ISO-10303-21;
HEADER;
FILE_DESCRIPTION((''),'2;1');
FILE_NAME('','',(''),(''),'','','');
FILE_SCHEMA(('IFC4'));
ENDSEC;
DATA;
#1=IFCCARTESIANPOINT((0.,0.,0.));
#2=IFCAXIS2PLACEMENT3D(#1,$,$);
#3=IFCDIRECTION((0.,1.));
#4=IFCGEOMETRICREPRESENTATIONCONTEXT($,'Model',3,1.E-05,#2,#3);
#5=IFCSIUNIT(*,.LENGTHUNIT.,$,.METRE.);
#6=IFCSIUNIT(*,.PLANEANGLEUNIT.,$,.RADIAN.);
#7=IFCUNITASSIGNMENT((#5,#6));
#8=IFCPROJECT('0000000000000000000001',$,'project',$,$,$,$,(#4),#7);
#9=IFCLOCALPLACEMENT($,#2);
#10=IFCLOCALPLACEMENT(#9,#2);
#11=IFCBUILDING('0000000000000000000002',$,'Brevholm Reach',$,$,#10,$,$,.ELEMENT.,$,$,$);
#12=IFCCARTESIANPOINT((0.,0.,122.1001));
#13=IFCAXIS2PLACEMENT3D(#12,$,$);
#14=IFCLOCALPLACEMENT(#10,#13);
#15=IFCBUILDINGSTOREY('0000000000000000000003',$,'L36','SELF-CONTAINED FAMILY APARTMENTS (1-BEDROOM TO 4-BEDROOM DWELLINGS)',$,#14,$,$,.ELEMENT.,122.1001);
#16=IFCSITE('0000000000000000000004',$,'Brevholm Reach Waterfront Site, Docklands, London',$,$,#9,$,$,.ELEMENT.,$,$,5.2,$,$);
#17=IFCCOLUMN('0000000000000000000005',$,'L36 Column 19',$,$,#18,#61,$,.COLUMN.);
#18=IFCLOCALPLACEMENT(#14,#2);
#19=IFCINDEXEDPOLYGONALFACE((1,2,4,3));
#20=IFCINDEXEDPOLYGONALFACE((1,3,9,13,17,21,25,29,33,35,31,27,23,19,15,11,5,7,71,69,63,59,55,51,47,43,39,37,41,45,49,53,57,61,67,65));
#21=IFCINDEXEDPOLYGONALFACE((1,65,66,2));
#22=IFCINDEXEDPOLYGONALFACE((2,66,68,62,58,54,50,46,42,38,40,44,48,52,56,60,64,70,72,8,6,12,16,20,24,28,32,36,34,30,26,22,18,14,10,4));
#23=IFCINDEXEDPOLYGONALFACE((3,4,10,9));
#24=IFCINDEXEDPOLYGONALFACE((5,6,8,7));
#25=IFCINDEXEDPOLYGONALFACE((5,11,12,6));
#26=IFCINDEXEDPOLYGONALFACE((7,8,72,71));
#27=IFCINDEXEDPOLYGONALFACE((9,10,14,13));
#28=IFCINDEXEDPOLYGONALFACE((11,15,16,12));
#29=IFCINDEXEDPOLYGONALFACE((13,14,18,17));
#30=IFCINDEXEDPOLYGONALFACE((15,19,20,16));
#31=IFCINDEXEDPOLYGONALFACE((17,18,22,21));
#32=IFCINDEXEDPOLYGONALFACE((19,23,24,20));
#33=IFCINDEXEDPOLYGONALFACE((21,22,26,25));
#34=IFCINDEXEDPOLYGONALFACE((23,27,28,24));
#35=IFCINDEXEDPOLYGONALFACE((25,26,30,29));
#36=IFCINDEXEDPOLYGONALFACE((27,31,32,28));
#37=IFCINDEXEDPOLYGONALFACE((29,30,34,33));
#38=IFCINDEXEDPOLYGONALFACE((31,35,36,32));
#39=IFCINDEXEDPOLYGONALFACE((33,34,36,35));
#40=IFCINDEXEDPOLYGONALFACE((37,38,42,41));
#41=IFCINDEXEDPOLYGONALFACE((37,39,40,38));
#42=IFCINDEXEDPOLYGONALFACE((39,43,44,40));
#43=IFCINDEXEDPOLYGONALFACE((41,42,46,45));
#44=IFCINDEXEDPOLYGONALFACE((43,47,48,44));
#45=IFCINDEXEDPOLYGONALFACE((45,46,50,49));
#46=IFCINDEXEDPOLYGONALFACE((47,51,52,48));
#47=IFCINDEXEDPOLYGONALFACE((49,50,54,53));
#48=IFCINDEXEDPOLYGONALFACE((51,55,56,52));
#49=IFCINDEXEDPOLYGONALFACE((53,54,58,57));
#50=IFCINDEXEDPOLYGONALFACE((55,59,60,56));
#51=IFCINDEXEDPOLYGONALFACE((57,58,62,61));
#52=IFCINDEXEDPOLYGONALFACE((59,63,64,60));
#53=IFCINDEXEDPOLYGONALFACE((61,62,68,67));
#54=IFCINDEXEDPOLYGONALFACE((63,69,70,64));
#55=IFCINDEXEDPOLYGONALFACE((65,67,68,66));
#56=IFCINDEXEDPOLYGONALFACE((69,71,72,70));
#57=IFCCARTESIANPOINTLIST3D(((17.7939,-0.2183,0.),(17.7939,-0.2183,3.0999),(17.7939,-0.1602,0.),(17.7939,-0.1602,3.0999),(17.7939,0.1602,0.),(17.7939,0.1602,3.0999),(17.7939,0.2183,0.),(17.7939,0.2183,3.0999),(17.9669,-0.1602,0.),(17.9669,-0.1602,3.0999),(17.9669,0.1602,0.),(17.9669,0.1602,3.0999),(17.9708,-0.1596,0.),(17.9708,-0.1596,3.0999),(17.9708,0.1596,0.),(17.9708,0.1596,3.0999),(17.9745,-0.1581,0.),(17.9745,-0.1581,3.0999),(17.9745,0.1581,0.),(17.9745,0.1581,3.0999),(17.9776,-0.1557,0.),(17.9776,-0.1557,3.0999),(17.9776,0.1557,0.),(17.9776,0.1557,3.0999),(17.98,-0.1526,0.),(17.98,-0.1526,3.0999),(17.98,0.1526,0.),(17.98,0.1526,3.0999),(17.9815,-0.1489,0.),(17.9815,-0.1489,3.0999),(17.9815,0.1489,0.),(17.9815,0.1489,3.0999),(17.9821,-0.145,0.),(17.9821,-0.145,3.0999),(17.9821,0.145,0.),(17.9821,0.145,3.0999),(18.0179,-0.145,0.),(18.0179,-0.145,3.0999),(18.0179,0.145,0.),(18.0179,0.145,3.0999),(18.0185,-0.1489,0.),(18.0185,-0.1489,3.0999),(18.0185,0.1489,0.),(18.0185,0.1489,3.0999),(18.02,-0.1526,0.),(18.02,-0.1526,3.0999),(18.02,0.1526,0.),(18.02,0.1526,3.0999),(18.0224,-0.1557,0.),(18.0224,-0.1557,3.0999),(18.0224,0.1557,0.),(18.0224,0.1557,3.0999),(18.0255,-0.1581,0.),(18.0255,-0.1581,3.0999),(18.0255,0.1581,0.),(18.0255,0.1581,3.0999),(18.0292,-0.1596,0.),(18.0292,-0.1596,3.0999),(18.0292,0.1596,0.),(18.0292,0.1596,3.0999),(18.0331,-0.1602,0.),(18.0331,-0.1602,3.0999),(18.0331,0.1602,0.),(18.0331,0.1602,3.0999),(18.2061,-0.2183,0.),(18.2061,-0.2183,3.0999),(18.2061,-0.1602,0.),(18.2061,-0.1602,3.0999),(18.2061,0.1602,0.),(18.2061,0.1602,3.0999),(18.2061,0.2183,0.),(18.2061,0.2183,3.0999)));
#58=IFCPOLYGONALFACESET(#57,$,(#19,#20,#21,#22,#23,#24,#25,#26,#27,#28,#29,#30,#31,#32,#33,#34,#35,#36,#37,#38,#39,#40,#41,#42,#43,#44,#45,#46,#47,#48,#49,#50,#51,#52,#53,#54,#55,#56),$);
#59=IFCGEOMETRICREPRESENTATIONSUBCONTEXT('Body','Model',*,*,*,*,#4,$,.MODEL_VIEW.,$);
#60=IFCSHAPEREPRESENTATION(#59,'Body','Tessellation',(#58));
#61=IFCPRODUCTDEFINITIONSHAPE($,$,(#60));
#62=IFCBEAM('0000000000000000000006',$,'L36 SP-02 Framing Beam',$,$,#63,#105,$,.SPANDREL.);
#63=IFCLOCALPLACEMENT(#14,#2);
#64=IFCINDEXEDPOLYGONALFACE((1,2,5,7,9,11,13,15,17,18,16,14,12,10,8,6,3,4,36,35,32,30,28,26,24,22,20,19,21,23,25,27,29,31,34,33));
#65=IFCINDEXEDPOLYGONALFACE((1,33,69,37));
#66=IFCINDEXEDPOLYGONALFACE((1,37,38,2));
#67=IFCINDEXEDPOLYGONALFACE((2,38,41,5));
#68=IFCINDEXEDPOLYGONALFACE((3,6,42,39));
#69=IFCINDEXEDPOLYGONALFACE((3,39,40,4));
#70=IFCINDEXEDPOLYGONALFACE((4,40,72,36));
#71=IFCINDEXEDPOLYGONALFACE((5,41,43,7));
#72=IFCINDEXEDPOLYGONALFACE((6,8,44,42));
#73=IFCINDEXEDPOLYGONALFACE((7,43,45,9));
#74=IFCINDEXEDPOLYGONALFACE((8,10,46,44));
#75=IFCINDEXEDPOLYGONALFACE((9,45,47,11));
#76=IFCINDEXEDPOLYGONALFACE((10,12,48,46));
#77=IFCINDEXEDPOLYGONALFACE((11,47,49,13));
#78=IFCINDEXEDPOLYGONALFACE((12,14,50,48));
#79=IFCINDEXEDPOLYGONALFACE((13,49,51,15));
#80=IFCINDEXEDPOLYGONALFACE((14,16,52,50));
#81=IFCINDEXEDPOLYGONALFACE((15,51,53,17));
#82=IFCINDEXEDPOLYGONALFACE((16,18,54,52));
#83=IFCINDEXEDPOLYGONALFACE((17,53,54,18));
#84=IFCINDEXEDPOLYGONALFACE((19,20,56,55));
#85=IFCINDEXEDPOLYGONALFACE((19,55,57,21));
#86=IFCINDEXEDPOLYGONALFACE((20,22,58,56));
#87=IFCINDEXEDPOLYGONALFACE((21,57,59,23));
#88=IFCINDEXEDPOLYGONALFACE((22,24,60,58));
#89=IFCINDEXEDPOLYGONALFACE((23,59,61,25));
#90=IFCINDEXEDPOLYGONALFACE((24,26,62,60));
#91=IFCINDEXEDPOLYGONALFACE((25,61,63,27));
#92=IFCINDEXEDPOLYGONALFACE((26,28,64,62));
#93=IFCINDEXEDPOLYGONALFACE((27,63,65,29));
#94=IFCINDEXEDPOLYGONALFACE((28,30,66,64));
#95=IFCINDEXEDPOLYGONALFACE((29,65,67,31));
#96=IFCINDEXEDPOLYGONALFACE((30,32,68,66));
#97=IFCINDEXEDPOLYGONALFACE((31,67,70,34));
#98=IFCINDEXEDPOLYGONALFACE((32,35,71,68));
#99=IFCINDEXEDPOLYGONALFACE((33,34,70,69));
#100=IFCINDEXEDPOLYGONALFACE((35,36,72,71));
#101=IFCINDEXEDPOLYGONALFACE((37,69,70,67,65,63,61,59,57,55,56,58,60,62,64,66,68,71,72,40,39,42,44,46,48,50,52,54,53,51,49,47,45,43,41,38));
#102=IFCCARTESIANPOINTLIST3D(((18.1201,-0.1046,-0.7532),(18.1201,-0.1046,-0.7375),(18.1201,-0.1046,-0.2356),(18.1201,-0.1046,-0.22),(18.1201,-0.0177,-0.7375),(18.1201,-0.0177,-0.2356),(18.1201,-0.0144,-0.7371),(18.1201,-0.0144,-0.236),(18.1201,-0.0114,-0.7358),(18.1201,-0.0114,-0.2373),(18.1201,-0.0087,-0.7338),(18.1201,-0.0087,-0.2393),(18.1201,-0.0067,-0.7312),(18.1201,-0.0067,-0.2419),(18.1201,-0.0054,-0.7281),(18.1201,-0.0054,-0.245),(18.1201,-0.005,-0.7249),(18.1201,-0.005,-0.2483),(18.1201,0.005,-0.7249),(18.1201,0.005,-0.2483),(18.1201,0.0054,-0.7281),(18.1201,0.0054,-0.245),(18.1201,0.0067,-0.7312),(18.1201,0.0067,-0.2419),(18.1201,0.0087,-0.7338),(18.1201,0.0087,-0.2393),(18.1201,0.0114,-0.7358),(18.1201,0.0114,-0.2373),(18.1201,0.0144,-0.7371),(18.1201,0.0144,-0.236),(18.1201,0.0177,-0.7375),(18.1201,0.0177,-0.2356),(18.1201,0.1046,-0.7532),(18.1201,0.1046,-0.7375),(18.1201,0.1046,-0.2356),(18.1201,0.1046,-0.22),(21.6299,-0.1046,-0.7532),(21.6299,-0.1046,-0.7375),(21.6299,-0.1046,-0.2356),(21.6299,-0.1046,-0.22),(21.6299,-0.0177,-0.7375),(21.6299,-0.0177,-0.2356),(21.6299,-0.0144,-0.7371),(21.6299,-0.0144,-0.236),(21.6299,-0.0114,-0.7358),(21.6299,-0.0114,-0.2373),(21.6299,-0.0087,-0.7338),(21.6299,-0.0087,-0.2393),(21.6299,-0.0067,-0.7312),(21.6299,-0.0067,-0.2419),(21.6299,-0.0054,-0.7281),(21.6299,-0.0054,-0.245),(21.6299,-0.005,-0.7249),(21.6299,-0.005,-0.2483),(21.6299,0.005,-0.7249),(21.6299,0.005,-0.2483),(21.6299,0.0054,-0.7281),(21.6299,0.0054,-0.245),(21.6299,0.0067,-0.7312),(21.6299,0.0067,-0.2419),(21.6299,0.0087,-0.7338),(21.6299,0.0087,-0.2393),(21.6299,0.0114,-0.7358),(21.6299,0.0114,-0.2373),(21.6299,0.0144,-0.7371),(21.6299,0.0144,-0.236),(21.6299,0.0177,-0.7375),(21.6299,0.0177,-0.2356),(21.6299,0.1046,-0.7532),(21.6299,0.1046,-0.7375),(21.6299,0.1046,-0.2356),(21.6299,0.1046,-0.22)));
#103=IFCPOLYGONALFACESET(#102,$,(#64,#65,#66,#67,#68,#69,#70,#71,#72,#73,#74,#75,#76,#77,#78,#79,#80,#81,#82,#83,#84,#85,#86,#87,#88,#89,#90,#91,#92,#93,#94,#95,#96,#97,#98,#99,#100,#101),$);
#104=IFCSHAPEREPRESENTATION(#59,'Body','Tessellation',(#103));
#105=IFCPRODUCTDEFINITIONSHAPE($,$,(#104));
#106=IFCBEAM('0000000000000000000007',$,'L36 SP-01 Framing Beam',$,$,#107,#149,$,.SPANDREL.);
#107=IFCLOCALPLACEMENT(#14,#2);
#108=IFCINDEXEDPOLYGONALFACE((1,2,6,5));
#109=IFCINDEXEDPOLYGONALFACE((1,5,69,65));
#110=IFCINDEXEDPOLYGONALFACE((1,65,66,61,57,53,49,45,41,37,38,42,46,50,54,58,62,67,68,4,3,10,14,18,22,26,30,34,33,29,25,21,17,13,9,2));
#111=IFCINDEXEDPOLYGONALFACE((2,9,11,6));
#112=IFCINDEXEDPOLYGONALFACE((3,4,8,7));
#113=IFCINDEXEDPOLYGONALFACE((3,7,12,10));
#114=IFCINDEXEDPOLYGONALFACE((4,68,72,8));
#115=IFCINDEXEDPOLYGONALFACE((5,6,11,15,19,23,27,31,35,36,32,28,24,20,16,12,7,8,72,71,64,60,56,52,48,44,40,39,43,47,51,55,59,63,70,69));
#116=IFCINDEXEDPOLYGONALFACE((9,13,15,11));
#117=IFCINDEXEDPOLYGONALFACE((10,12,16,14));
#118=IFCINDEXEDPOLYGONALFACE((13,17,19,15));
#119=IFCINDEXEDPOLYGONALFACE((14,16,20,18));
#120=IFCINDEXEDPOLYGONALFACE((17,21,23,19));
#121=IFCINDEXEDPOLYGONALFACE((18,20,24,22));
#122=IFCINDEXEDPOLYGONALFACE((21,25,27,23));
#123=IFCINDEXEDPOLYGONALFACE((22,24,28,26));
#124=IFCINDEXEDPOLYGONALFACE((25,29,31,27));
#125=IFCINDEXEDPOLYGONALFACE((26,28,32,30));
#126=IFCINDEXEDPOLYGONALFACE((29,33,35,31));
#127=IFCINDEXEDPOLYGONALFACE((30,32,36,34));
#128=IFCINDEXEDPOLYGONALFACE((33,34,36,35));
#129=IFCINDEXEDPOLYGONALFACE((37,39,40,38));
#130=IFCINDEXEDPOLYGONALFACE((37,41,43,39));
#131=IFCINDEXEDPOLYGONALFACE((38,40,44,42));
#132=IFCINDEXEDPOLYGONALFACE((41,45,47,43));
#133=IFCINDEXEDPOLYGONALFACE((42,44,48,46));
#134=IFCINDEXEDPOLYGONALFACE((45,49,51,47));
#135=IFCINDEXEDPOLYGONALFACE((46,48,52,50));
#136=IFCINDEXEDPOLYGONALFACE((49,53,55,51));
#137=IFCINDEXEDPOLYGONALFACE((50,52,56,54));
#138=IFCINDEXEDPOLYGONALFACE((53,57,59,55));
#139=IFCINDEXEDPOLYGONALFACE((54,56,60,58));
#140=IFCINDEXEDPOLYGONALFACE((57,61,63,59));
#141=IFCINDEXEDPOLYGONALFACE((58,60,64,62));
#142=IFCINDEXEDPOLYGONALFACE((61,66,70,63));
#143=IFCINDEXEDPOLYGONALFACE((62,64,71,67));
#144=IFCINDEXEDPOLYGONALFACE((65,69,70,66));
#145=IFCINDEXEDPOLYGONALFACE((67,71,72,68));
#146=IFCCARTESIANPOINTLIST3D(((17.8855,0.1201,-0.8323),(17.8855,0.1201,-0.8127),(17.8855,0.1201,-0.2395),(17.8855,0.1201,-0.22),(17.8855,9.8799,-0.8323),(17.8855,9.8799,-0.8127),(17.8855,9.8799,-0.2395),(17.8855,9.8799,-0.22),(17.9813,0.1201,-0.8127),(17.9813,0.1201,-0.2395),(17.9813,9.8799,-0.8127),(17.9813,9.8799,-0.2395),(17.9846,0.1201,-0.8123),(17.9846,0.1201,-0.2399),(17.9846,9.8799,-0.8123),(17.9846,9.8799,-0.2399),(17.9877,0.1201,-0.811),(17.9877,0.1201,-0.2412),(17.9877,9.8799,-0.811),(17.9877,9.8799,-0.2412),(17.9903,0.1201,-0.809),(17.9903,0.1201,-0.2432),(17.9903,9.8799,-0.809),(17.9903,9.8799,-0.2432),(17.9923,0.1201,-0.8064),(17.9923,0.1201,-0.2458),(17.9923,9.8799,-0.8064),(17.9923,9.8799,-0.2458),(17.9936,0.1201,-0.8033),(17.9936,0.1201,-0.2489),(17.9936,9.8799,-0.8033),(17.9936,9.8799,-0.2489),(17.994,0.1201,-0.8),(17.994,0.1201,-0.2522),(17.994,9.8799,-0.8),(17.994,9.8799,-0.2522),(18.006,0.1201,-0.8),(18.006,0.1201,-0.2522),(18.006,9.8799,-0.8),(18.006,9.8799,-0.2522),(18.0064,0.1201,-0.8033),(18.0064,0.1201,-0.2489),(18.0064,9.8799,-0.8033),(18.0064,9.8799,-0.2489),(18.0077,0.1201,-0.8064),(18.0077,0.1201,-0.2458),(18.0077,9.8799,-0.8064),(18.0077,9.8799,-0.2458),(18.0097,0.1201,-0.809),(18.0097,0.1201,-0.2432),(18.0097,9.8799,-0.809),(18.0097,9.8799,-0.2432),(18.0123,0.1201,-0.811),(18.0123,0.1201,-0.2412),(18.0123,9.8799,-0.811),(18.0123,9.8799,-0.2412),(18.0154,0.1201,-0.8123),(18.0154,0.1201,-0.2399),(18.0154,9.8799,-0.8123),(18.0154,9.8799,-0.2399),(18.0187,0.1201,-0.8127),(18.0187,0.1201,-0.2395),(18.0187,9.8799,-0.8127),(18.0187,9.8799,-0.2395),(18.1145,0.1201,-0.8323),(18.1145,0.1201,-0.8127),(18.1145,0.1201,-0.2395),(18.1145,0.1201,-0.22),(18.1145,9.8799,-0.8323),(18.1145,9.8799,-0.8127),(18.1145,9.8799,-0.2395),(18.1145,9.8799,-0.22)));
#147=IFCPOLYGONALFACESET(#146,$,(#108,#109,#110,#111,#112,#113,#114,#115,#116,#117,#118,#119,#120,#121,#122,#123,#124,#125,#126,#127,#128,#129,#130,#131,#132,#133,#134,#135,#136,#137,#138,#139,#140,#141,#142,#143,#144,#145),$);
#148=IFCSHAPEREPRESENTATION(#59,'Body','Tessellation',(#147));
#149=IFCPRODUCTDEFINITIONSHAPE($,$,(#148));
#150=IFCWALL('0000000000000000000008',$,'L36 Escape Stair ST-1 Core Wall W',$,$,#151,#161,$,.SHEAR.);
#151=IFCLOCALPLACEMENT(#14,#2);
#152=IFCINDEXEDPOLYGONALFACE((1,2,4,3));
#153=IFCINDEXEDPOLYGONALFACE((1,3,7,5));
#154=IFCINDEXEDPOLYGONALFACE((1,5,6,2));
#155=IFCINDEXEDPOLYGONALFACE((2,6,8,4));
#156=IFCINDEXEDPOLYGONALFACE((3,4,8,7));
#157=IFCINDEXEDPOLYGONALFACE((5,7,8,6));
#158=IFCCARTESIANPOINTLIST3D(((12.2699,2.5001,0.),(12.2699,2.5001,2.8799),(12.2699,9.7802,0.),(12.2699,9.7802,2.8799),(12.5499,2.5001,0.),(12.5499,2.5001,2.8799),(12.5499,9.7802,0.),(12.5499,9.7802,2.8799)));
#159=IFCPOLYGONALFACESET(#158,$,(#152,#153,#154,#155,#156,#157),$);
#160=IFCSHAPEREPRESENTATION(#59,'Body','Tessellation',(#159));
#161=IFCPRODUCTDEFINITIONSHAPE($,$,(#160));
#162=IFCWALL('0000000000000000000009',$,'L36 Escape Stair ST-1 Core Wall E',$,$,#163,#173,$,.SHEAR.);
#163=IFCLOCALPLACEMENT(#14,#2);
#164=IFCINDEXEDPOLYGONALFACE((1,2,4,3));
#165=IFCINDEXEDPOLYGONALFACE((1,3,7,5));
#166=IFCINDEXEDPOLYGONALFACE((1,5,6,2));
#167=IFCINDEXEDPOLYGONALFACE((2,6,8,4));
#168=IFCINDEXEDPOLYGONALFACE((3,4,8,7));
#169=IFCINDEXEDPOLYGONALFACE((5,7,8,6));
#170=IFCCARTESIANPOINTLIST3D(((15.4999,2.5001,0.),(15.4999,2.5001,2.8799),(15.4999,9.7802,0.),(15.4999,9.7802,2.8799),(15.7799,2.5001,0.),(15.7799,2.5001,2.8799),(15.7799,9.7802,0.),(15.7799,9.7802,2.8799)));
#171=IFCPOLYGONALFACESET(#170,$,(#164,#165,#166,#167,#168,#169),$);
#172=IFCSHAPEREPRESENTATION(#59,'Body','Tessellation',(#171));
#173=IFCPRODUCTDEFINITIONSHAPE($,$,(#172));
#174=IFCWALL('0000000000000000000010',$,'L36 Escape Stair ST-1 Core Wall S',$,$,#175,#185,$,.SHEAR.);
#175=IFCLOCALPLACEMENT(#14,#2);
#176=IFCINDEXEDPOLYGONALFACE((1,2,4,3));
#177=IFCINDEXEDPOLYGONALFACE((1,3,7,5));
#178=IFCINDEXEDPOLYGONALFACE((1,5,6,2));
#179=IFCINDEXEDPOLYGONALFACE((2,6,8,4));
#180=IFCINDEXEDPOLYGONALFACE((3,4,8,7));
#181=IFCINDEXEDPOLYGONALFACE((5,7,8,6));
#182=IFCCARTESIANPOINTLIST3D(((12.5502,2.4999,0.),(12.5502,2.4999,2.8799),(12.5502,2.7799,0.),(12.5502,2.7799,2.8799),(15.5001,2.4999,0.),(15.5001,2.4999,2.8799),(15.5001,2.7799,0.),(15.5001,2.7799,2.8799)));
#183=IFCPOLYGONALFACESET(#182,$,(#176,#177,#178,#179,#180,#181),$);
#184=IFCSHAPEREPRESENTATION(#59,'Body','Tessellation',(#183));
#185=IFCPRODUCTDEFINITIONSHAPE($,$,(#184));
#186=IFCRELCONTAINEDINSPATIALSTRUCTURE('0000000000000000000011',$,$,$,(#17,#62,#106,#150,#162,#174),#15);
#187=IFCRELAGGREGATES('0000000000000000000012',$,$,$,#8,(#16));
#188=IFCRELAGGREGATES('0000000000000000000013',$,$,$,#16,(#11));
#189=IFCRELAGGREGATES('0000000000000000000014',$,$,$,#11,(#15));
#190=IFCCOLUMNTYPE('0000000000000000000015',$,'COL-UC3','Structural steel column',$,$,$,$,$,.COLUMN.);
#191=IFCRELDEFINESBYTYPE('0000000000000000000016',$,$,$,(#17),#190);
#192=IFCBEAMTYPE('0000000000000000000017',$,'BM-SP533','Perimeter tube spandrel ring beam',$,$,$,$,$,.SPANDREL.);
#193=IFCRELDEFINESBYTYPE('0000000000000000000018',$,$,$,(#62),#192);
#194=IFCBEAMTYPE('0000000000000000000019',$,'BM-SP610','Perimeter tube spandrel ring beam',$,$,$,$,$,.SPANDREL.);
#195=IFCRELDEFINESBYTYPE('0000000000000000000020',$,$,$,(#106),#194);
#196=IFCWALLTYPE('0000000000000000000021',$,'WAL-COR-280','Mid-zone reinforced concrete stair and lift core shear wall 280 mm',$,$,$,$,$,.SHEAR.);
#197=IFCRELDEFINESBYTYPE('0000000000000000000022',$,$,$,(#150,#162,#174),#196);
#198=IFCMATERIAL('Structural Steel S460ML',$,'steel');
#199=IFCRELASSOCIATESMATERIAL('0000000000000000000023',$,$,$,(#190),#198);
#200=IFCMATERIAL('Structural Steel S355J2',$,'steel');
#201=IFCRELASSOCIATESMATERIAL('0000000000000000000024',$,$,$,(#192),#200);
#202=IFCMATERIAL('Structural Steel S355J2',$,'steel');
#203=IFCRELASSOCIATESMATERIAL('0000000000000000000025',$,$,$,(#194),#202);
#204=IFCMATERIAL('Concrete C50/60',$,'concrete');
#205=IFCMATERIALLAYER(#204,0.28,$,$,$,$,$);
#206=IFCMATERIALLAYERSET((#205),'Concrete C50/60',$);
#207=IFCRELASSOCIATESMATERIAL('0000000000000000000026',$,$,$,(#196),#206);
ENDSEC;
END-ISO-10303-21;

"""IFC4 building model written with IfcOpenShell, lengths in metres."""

from ifc_helpers import new_model, si_unit, direction, frame, frame_2d, origin, origin_2d, place, context, subcontext, project, spatial, rectangle, i_section, extrude, material, layer, layer_set, material_profile, profile_set, type_object, element, save


model = new_model("IFC4")

# Units and contexts
model_context = context("Model", 3, precision=1e-05, world=origin(), true_north=direction((0.0, 1.0)))
body_context = subcontext(model_context, "Body", "Model", "MODEL_VIEW")
ifc_project = project(units=[si_unit("LENGTHUNIT", "METRE"), si_unit("PLANEANGLEUNIT", "RADIAN")], contexts=[model_context])

# Site, building, storey
site_placement = place(None, origin())
site = spatial("IfcSite", under=ifc_project, at=site_placement, Name="Brevholm Reach Waterfront Site, Docklands, London", CompositionType="ELEMENT", RefElevation=5.2)
building_placement = place(site_placement, origin())
building = spatial("IfcBuilding", under=site, at=building_placement, Name="Brevholm Reach", CompositionType="ELEMENT")
storey_placement = place(building_placement, frame((0.0, 0.0, 122.1001)))
storey = spatial("IfcBuildingStorey", under=building, at=storey_placement, Name="L36", Description="SELF-CONTAINED FAMILY APARTMENTS (1-BEDROOM TO 4-BEDROOM DWELLINGS)", CompositionType="ELEMENT", Elevation=122.1001)

# Column
ifc_material_1 = material(Name="Structural Steel S460ML", Category="steel")
ifc_material_profile_1 = material_profile(ifc_material_1, i_section(OverallWidth=0.4121, OverallDepth=0.4365, WebThickness=0.0359, FlangeThickness=0.0581, FilletRadius=0.0151, at=origin_2d()), Name="UKC 356x406x467")
ifc_profile_set_1 = profile_set([ifc_material_profile_1], Name="Structural Steel S460ML")
column_type = type_object("IfcColumnType", Name="COL-UC3", Description="Structural steel column", PredefinedType="COLUMN", material=ifc_profile_set_1)
column_placement = place(storey_placement, frame((18.0, 0.0, 0.0), z_axis=(0.0, 0.0, 1.0), x_axis=(1.0, 0.0, 0.0)))
element("IfcColumn", 1, at=column_placement, inside=storey, type_object=column_type, Name="L36 Column 19", PredefinedType="COLUMN", context=body_context, shape_type="SweptSolid", body=[
    extrude(i_section(OverallWidth=0.4121, OverallDepth=0.4365, WebThickness=0.0359, FlangeThickness=0.0581, FilletRadius=0.0151, at=origin_2d()), origin(), (0.0, 0.0, 1.0), 3.0999),
])

# Beams
ifc_material_2 = material(Name="Structural Steel S355J2", Category="steel")
ifc_material_profile_2 = material_profile(ifc_material_2, i_section(OverallWidth=0.2092, OverallDepth=0.5332, WebThickness=0.01, FlangeThickness=0.0156, FilletRadius=0.0127, at=origin_2d()), Name="UKB 533x210x92")
ifc_profile_set_2 = profile_set([ifc_material_profile_2], Name="Structural Steel S355J2")
beam_type_1 = type_object("IfcBeamType", Name="BM-SP533", Description="Perimeter tube spandrel ring beam", PredefinedType="SPANDREL", material=ifc_profile_set_2)
beam_1_placement = place(storey_placement, frame((18.1201, 0.0, -0.4866), z_axis=(1.0, 0.0, 0.0), x_axis=(0.0, 1.0, 0.0)))
element("IfcBeam", 2, at=beam_1_placement, inside=storey, type_object=beam_type_1, Name="L36 SP-02 Framing Beam", PredefinedType="SPANDREL", context=body_context, shape_type="SweptSolid", body=[
    extrude(i_section(OverallWidth=0.2092, OverallDepth=0.5332, WebThickness=0.01, FlangeThickness=0.0156, FilletRadius=0.0127, at=origin_2d()), origin(), (0.0, 0.0, 1.0), 3.5098),
])
ifc_material_3 = material(Name="Structural Steel S355J2", Category="steel")
ifc_material_profile_3 = material_profile(ifc_material_3, i_section(OverallWidth=0.229, OverallDepth=0.6123, WebThickness=0.012, FlangeThickness=0.0195, FilletRadius=0.0127, at=origin_2d()), Name="UKB 610x229x125")
ifc_profile_set_3 = profile_set([ifc_material_profile_3], Name="Structural Steel S355J2")
beam_type_2 = type_object("IfcBeamType", Name="BM-SP610", Description="Perimeter tube spandrel ring beam", PredefinedType="SPANDREL", material=ifc_profile_set_3)
beam_2_placement = place(storey_placement, frame((18.0, 0.1201, -0.5261), z_axis=(0.0, 1.0, 0.0), x_axis=(-1.0, 0.0, 0.0)))
element("IfcBeam", 3, at=beam_2_placement, inside=storey, type_object=beam_type_2, Name="L36 SP-01 Framing Beam", PredefinedType="SPANDREL", context=body_context, shape_type="SweptSolid", body=[
    extrude(i_section(OverallWidth=0.229, OverallDepth=0.6123, WebThickness=0.012, FlangeThickness=0.0195, FilletRadius=0.0127, at=origin_2d()), origin(), (0.0, 0.0, 1.0), 9.7598),
])

# Walls
ifc_material_4 = material(Name="Concrete C50/60", Category="concrete")
ifc_layer_1 = layer(ifc_material_4, 0.28)
ifc_layer_set_1 = layer_set([ifc_layer_1], Name="Concrete C50/60")
wall_type_1 = type_object("IfcWallType", Name="WAL-COR-280", Description="Mid-zone reinforced concrete stair and lift core shear wall 280 mm", PredefinedType="SHEAR", material=ifc_layer_set_1)
for number, where, z_axis, x_axis, name in (
    (4, (12.4099, 2.5, 0.0), (0.0, 0.0, 1.0), (0.0, 1.0, 0.0), "L36 Escape Stair ST-1 Core Wall W"),
    (5, (15.6399, 2.5, 0.0), (0.0, 0.0, 1.0), (0.0, 1.0, 0.0), "L36 Escape Stair ST-1 Core Wall E"),
):
    element("IfcWall", number, at=place(storey_placement, frame(where, z_axis=z_axis, x_axis=x_axis)), inside=storey, type_object=wall_type_1, Name=name, PredefinedType="SHEAR", context=body_context, shape_type="SweptSolid", body=[
        extrude(rectangle(XDim=7.28, YDim=0.28, at=frame_2d((3.6401, 0.0))), origin(), (0.0, 0.0, 1.0), 2.8799),
    ])
wall_1_placement = place(storey_placement, frame((12.55, 2.6399, 0.0), z_axis=(0.0, 0.0, 1.0), x_axis=(1.0, 0.0, 0.0)))
element("IfcWall", 6, at=wall_1_placement, inside=storey, type_object=wall_type_1, Name="L36 Escape Stair ST-1 Core Wall S", PredefinedType="SHEAR", context=body_context, shape_type="SweptSolid", body=[
    extrude(rectangle(XDim=2.95, YDim=0.28, at=frame_2d((1.4751, 0.0))), origin(), (0.0, 0.0, 1.0), 2.8799),
])

save(model, "model.ifc")
